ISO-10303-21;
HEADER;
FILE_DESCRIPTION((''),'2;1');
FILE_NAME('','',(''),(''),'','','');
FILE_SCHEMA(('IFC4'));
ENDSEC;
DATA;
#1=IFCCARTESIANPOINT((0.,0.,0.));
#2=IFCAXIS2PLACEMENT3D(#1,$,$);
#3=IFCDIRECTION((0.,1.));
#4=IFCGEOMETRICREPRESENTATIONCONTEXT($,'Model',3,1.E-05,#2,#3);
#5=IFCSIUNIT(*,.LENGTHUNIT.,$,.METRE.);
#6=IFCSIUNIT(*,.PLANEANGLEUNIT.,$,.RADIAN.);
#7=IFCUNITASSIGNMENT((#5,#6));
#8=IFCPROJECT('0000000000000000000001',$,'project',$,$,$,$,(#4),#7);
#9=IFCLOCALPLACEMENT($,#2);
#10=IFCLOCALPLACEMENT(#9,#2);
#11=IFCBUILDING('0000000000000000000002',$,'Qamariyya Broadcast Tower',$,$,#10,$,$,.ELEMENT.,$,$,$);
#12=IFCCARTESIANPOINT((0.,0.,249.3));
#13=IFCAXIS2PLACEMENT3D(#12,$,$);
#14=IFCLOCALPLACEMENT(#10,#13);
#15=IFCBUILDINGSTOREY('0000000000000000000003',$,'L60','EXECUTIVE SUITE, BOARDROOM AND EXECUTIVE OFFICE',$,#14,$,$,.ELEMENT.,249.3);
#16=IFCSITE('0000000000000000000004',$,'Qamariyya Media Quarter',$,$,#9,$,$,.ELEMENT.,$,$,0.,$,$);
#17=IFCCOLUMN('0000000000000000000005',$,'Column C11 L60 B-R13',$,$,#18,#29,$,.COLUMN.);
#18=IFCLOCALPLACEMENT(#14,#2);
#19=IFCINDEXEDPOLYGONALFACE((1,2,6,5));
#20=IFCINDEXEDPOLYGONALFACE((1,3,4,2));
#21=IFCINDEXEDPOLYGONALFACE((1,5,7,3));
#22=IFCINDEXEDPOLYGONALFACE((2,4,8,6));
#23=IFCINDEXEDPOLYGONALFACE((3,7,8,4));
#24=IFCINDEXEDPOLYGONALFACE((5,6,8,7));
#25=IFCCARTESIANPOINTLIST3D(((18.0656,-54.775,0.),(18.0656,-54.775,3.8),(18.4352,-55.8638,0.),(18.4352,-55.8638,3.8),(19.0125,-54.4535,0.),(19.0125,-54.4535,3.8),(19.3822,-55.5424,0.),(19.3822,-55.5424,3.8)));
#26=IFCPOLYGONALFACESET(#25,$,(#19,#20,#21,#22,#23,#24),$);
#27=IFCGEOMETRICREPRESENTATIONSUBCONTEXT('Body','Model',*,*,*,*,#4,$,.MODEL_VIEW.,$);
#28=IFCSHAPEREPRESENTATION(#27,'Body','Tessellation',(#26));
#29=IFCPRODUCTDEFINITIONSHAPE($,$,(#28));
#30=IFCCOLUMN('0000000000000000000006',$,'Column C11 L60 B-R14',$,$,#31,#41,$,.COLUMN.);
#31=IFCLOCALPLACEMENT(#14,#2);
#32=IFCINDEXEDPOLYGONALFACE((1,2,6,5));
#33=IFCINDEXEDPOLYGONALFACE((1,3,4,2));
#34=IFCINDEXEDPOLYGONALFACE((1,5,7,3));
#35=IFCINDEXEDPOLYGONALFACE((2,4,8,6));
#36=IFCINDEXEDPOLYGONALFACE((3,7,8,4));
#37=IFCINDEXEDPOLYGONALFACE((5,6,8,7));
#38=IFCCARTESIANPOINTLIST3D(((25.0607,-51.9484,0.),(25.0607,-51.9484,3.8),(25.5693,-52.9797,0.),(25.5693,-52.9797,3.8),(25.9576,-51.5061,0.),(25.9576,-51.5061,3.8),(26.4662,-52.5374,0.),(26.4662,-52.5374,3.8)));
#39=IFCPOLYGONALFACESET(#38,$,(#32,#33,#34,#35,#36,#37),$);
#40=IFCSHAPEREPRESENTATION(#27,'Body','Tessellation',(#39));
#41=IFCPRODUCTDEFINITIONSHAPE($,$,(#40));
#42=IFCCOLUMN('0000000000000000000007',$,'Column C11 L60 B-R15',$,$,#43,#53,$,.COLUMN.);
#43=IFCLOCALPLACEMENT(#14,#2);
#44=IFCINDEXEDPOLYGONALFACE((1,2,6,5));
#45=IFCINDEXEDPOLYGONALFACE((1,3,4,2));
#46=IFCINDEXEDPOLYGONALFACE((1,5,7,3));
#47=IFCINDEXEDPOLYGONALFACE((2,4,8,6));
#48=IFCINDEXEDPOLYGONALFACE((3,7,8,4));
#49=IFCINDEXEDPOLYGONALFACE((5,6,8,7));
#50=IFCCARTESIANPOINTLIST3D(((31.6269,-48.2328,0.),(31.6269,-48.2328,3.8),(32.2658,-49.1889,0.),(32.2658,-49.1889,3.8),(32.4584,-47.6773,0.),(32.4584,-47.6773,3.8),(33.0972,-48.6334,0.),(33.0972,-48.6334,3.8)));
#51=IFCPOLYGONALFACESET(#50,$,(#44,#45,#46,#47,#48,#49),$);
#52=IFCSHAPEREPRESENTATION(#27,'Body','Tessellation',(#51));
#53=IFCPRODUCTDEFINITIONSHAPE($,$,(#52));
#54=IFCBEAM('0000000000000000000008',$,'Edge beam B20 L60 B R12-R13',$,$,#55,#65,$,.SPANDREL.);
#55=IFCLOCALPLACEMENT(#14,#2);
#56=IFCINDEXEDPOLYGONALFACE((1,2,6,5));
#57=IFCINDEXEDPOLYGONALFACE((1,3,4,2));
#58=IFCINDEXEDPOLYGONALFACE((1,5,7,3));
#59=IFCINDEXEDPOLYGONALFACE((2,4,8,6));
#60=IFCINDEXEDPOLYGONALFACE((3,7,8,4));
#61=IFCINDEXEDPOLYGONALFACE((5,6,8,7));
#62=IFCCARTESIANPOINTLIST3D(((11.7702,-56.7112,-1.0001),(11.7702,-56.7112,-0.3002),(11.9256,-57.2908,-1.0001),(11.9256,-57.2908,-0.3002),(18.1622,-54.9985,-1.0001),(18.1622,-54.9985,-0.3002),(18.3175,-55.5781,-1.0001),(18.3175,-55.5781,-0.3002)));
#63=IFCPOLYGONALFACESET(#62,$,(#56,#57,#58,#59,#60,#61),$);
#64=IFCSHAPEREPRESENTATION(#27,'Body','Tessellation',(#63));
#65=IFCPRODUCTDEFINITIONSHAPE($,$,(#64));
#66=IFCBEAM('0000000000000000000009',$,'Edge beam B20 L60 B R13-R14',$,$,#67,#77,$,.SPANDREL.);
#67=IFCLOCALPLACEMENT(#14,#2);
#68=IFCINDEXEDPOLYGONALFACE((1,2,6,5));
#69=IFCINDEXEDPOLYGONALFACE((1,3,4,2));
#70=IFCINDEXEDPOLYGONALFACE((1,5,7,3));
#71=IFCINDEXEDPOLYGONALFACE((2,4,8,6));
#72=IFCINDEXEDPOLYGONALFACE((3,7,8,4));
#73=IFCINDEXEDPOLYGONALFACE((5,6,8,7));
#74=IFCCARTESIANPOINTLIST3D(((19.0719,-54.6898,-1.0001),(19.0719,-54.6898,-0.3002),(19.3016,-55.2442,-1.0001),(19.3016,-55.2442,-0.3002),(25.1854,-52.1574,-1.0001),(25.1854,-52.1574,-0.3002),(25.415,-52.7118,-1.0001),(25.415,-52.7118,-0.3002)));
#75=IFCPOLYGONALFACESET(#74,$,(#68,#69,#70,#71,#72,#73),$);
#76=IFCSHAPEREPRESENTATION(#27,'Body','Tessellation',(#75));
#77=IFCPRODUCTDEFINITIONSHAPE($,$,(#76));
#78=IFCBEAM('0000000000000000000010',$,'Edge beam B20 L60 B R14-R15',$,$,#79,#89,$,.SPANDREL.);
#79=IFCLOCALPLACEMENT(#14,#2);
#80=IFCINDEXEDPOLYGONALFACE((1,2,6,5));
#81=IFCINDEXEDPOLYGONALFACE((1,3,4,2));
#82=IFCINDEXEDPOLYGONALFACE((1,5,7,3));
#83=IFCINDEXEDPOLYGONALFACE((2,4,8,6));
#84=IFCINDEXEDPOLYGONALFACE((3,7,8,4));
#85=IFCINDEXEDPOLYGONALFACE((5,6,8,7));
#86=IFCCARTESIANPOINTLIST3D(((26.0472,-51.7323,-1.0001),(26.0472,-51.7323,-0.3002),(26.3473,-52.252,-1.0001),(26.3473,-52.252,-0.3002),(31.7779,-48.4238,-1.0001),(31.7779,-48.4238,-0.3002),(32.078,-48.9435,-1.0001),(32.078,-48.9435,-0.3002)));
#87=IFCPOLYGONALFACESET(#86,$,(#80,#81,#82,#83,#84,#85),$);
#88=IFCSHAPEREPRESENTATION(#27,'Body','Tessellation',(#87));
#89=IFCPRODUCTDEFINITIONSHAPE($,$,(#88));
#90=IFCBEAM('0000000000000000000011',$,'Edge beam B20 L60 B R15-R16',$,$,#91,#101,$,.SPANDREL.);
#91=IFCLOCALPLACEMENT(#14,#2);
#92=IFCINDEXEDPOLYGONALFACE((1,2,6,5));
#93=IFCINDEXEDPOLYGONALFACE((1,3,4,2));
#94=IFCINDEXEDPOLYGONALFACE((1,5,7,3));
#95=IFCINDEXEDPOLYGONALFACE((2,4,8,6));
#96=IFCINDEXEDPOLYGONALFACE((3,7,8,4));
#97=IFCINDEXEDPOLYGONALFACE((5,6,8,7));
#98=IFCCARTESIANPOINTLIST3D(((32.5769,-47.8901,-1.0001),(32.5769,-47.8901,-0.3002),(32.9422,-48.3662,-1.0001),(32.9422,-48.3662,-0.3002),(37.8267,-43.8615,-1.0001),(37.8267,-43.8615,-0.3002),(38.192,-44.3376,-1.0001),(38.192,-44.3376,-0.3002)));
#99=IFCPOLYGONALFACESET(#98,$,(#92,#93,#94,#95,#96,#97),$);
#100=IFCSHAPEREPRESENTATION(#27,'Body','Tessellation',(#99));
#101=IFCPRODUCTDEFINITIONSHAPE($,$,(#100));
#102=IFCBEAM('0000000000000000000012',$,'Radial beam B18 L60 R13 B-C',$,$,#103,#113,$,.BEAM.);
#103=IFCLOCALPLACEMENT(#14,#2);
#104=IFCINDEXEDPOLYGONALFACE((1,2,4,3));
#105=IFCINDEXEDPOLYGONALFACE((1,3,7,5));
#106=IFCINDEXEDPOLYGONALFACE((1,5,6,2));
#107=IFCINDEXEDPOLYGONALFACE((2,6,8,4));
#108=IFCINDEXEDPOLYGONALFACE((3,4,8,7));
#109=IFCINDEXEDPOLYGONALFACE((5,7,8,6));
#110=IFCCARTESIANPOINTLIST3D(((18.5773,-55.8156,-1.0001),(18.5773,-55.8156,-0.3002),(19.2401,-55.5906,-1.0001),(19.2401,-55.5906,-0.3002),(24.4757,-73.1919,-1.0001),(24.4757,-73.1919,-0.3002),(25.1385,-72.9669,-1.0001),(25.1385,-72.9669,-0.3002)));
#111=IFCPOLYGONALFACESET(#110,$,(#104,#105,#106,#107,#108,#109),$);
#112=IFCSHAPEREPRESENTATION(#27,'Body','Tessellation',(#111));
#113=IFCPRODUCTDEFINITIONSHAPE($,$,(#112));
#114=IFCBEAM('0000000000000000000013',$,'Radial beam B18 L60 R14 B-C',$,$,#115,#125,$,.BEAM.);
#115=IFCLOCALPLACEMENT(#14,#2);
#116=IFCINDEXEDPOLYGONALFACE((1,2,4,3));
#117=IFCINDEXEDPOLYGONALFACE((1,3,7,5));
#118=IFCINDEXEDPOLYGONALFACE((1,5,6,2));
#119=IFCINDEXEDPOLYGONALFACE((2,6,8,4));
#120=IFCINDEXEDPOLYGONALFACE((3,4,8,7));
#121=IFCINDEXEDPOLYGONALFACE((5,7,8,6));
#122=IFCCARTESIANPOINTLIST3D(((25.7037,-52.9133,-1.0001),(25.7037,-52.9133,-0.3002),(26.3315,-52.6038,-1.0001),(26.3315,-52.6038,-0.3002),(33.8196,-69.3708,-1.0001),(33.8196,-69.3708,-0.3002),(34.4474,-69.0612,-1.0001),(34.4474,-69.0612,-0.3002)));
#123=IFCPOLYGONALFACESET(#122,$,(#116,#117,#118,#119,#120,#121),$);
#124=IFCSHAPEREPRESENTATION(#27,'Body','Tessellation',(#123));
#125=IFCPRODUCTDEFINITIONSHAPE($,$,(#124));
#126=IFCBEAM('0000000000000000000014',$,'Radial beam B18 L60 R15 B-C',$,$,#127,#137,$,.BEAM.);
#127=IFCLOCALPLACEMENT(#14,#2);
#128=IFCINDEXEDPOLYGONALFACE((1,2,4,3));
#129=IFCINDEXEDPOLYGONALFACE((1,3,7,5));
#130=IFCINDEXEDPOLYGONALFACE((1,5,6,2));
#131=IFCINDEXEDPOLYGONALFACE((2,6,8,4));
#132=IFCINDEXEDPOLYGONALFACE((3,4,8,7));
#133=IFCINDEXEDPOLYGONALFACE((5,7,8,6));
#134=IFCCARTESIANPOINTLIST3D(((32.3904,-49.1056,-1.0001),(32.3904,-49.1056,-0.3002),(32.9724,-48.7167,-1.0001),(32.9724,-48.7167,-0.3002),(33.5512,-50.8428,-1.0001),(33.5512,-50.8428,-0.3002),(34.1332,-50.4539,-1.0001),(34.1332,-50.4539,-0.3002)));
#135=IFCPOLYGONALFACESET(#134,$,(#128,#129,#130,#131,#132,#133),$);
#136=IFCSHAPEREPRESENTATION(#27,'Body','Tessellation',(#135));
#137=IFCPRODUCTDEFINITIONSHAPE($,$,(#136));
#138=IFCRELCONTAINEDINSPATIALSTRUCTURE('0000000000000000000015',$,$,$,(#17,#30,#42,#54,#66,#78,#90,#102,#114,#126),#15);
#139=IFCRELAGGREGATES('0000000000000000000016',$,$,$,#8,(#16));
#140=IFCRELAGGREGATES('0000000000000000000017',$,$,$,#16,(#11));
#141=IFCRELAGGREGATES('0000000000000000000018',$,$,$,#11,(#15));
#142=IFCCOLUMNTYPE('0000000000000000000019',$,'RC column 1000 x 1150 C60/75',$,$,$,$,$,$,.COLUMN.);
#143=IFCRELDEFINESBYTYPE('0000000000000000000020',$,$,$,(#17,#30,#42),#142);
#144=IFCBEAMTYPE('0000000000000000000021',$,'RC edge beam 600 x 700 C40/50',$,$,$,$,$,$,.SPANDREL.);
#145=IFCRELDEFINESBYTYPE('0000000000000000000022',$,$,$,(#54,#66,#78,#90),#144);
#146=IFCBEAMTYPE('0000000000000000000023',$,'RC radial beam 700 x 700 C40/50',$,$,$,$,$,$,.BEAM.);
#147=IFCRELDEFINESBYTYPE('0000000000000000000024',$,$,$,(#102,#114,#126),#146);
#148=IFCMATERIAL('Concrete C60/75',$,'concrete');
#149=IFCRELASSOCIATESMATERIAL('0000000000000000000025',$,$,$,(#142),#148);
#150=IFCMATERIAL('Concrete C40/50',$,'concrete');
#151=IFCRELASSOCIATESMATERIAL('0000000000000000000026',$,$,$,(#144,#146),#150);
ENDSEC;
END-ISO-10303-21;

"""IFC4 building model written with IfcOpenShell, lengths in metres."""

from ifc_helpers import new_model, si_unit, direction, frame, origin, origin_2d, place, context, subcontext, project, spatial, rectangle, extrude, material, material_profile, profile_set, type_object, element, save


model = new_model("IFC4")

# Units and contexts
model_context = context("Model", 3, precision=1e-05, world=origin(), true_north=direction((0.0, 1.0)))
body_context = subcontext(model_context, "Body", "Model", "MODEL_VIEW")
ifc_project = project(units=[si_unit("LENGTHUNIT", "METRE"), si_unit("PLANEANGLEUNIT", "RADIAN")], contexts=[model_context])

# Site, building, storey
site_placement = place(None, origin())
site = spatial("IfcSite", under=ifc_project, at=site_placement, Name="Qamariyya Media Quarter", CompositionType="ELEMENT", RefElevation=0.0)
building_placement = place(site_placement, origin())
building = spatial("IfcBuilding", under=site, at=building_placement, Name="Qamariyya Broadcast Tower", CompositionType="ELEMENT")
storey_placement = place(building_placement, frame((0.0, 0.0, 249.3)))
storey = spatial("IfcBuildingStorey", under=building, at=storey_placement, Name="L60", Description="EXECUTIVE SUITE, BOARDROOM AND EXECUTIVE OFFICE", CompositionType="ELEMENT", Elevation=249.3)

# Columns
ifc_material_1 = material(Name="Concrete C60/75", Category="concrete")
ifc_material_profile_1 = material_profile(ifc_material_1, rectangle(XDim=1.0, YDim=1.1499, at=origin_2d()))
ifc_profile_set_1 = profile_set([ifc_material_profile_1], Name="Concrete C60/75")
column_type = type_object("IfcColumnType", Name="RC column 1000 x 1150 C60/75", PredefinedType="COLUMN", material=ifc_profile_set_1)
for number, where, z_axis, x_axis, name in (
    (1, (18.7239, -55.1587, 0.0), (0.0, 0.0, 1.0), (0.94693, 0.321439, 0.0), "Column C11 L60 B-R13"),
    (2, (25.7634, -52.2429, 0.0), (0.0, 0.0, 1.0), (0.896873, 0.442289, 0.0), "Column C11 L60 B-R14"),
    (3, (32.3621, -48.4331, 0.0), (0.0, 0.0, 1.0), (0.83147, 0.55557, 0.0), "Column C11 L60 B-R15"),
):
    element("IfcColumn", number, at=place(storey_placement, frame(where, z_axis=z_axis, x_axis=x_axis)), inside=storey, type_object=column_type, Name=name, PredefinedType="COLUMN", context=body_context, shape_type="SweptSolid", body=[
        extrude(rectangle(XDim=1.0, YDim=1.1499, at=origin_2d()), origin(), (0.0, 0.0, 1.0), 3.8),
    ])

# Beams
ifc_material_2 = material(Name="Concrete C40/50", Category="concrete")
ifc_material_profile_2 = material_profile(ifc_material_2, rectangle(XDim=0.6001, YDim=0.7, at=origin_2d()))
ifc_profile_set_2 = profile_set([ifc_material_profile_2], Name="Concrete C40/50")
beam_type_1 = type_object("IfcBeamType", Name="RC edge beam 600 x 700 C40/50", PredefinedType="SPANDREL", material=ifc_profile_set_2)
beam_1_placement = place(storey_placement, frame((11.8479, -57.001, -0.6501), z_axis=(0.965927, 0.258813, 0.0), x_axis=(-0.258813, 0.965927, 0.0)))
element("IfcBeam", 4, at=beam_1_placement, inside=storey, type_object=beam_type_1, Name="Edge beam B20 L60 B R12-R13", PredefinedType="SPANDREL", context=body_context, shape_type="SweptSolid", body=[
    extrude(rectangle(XDim=0.6001, YDim=0.7, at=origin_2d()), origin(), (0.0, 0.0, 1.0), 6.6174),
])
for number, where, z_axis, x_axis, name in (
    (5, (19.1868, -54.967, -0.6501), (0.923871, 0.382705, 0.0), (-0.382705, 0.923871, 0.0), "Edge beam B20 L60 B R13-R14"),
    (6, (26.1973, -51.9922, -0.6501), (0.866028, 0.499996, 0.0), (-0.499996, 0.866028, 0.0), "Edge beam B20 L60 B R14-R15"),
):
    element("IfcBeam", number, at=place(storey_placement, frame(where, z_axis=z_axis, x_axis=x_axis)), inside=storey, type_object=beam_type_1, Name=name, PredefinedType="SPANDREL", context=body_context, shape_type="SweptSolid", body=[
        extrude(rectangle(XDim=0.6001, YDim=0.7, at=origin_2d()), origin(), (0.0, 0.0, 1.0), 6.6172),
    ])
beam_2_placement = place(storey_placement, frame((32.7595, -48.1282, -0.6501), z_axis=(0.793333, 0.608789, 0.0), x_axis=(-0.608789, 0.793333, 0.0)))
element("IfcBeam", 7, at=beam_2_placement, inside=storey, type_object=beam_type_1, Name="Edge beam B20 L60 B R15-R16", PredefinedType="SPANDREL", context=body_context, shape_type="SweptSolid", body=[
    extrude(rectangle(XDim=0.6001, YDim=0.7, at=origin_2d()), origin(), (0.0, 0.0, 1.0), 6.6174),
])
ifc_material_profile_3 = material_profile(ifc_material_2, rectangle(XDim=0.7, YDim=0.7, at=origin_2d()))
ifc_profile_set_3 = profile_set([ifc_material_profile_3], Name="Concrete C40/50")
beam_type_2 = type_object("IfcBeamType", Name="RC radial beam 700 x 700 C40/50", PredefinedType="BEAM", material=ifc_profile_set_3)
beam_3_placement = place(storey_placement, frame((18.9087, -55.7031, -0.6501), z_axis=(0.32144, -0.94693, 0.0), x_axis=(0.94693, 0.32144, 0.0)))
element("IfcBeam", 8, at=beam_3_placement, inside=storey, type_object=beam_type_2, Name="Radial beam B18 L60 R13 B-C", PredefinedType="BEAM", context=body_context, shape_type="SweptSolid", body=[
    extrude(rectangle(XDim=0.7, YDim=0.7, at=origin_2d()), origin(), (0.0, 0.0, 1.0), 18.3501),
])
beam_4_placement = place(storey_placement, frame((26.0176, -52.7585, -0.6501), z_axis=(0.442289, -0.896872, 0.0), x_axis=(0.896872, 0.442289, 0.0)))
element("IfcBeam", 9, at=beam_4_placement, inside=storey, type_object=beam_type_2, Name="Radial beam B18 L60 R14 B-C", PredefinedType="BEAM", context=body_context, shape_type="SweptSolid", body=[
    extrude(rectangle(XDim=0.7, YDim=0.7, at=origin_2d()), origin(), (0.0, 0.0, 1.0), 18.3499),
])
beam_5_placement = place(storey_placement, frame((32.6814, -48.9111, -0.6501), z_axis=(0.55559, -0.831457, 0.0), x_axis=(0.831457, 0.55559, 0.0)))
element("IfcBeam", 10, at=beam_5_placement, inside=storey, type_object=beam_type_2, Name="Radial beam B18 L60 R15 B-C", PredefinedType="BEAM", context=body_context, shape_type="SweptSolid", body=[
    extrude(rectangle(XDim=0.7, YDim=0.7, at=origin_2d()), origin(), (0.0, 0.0, 1.0), 2.0894),
])

save(model, "model.ifc")
